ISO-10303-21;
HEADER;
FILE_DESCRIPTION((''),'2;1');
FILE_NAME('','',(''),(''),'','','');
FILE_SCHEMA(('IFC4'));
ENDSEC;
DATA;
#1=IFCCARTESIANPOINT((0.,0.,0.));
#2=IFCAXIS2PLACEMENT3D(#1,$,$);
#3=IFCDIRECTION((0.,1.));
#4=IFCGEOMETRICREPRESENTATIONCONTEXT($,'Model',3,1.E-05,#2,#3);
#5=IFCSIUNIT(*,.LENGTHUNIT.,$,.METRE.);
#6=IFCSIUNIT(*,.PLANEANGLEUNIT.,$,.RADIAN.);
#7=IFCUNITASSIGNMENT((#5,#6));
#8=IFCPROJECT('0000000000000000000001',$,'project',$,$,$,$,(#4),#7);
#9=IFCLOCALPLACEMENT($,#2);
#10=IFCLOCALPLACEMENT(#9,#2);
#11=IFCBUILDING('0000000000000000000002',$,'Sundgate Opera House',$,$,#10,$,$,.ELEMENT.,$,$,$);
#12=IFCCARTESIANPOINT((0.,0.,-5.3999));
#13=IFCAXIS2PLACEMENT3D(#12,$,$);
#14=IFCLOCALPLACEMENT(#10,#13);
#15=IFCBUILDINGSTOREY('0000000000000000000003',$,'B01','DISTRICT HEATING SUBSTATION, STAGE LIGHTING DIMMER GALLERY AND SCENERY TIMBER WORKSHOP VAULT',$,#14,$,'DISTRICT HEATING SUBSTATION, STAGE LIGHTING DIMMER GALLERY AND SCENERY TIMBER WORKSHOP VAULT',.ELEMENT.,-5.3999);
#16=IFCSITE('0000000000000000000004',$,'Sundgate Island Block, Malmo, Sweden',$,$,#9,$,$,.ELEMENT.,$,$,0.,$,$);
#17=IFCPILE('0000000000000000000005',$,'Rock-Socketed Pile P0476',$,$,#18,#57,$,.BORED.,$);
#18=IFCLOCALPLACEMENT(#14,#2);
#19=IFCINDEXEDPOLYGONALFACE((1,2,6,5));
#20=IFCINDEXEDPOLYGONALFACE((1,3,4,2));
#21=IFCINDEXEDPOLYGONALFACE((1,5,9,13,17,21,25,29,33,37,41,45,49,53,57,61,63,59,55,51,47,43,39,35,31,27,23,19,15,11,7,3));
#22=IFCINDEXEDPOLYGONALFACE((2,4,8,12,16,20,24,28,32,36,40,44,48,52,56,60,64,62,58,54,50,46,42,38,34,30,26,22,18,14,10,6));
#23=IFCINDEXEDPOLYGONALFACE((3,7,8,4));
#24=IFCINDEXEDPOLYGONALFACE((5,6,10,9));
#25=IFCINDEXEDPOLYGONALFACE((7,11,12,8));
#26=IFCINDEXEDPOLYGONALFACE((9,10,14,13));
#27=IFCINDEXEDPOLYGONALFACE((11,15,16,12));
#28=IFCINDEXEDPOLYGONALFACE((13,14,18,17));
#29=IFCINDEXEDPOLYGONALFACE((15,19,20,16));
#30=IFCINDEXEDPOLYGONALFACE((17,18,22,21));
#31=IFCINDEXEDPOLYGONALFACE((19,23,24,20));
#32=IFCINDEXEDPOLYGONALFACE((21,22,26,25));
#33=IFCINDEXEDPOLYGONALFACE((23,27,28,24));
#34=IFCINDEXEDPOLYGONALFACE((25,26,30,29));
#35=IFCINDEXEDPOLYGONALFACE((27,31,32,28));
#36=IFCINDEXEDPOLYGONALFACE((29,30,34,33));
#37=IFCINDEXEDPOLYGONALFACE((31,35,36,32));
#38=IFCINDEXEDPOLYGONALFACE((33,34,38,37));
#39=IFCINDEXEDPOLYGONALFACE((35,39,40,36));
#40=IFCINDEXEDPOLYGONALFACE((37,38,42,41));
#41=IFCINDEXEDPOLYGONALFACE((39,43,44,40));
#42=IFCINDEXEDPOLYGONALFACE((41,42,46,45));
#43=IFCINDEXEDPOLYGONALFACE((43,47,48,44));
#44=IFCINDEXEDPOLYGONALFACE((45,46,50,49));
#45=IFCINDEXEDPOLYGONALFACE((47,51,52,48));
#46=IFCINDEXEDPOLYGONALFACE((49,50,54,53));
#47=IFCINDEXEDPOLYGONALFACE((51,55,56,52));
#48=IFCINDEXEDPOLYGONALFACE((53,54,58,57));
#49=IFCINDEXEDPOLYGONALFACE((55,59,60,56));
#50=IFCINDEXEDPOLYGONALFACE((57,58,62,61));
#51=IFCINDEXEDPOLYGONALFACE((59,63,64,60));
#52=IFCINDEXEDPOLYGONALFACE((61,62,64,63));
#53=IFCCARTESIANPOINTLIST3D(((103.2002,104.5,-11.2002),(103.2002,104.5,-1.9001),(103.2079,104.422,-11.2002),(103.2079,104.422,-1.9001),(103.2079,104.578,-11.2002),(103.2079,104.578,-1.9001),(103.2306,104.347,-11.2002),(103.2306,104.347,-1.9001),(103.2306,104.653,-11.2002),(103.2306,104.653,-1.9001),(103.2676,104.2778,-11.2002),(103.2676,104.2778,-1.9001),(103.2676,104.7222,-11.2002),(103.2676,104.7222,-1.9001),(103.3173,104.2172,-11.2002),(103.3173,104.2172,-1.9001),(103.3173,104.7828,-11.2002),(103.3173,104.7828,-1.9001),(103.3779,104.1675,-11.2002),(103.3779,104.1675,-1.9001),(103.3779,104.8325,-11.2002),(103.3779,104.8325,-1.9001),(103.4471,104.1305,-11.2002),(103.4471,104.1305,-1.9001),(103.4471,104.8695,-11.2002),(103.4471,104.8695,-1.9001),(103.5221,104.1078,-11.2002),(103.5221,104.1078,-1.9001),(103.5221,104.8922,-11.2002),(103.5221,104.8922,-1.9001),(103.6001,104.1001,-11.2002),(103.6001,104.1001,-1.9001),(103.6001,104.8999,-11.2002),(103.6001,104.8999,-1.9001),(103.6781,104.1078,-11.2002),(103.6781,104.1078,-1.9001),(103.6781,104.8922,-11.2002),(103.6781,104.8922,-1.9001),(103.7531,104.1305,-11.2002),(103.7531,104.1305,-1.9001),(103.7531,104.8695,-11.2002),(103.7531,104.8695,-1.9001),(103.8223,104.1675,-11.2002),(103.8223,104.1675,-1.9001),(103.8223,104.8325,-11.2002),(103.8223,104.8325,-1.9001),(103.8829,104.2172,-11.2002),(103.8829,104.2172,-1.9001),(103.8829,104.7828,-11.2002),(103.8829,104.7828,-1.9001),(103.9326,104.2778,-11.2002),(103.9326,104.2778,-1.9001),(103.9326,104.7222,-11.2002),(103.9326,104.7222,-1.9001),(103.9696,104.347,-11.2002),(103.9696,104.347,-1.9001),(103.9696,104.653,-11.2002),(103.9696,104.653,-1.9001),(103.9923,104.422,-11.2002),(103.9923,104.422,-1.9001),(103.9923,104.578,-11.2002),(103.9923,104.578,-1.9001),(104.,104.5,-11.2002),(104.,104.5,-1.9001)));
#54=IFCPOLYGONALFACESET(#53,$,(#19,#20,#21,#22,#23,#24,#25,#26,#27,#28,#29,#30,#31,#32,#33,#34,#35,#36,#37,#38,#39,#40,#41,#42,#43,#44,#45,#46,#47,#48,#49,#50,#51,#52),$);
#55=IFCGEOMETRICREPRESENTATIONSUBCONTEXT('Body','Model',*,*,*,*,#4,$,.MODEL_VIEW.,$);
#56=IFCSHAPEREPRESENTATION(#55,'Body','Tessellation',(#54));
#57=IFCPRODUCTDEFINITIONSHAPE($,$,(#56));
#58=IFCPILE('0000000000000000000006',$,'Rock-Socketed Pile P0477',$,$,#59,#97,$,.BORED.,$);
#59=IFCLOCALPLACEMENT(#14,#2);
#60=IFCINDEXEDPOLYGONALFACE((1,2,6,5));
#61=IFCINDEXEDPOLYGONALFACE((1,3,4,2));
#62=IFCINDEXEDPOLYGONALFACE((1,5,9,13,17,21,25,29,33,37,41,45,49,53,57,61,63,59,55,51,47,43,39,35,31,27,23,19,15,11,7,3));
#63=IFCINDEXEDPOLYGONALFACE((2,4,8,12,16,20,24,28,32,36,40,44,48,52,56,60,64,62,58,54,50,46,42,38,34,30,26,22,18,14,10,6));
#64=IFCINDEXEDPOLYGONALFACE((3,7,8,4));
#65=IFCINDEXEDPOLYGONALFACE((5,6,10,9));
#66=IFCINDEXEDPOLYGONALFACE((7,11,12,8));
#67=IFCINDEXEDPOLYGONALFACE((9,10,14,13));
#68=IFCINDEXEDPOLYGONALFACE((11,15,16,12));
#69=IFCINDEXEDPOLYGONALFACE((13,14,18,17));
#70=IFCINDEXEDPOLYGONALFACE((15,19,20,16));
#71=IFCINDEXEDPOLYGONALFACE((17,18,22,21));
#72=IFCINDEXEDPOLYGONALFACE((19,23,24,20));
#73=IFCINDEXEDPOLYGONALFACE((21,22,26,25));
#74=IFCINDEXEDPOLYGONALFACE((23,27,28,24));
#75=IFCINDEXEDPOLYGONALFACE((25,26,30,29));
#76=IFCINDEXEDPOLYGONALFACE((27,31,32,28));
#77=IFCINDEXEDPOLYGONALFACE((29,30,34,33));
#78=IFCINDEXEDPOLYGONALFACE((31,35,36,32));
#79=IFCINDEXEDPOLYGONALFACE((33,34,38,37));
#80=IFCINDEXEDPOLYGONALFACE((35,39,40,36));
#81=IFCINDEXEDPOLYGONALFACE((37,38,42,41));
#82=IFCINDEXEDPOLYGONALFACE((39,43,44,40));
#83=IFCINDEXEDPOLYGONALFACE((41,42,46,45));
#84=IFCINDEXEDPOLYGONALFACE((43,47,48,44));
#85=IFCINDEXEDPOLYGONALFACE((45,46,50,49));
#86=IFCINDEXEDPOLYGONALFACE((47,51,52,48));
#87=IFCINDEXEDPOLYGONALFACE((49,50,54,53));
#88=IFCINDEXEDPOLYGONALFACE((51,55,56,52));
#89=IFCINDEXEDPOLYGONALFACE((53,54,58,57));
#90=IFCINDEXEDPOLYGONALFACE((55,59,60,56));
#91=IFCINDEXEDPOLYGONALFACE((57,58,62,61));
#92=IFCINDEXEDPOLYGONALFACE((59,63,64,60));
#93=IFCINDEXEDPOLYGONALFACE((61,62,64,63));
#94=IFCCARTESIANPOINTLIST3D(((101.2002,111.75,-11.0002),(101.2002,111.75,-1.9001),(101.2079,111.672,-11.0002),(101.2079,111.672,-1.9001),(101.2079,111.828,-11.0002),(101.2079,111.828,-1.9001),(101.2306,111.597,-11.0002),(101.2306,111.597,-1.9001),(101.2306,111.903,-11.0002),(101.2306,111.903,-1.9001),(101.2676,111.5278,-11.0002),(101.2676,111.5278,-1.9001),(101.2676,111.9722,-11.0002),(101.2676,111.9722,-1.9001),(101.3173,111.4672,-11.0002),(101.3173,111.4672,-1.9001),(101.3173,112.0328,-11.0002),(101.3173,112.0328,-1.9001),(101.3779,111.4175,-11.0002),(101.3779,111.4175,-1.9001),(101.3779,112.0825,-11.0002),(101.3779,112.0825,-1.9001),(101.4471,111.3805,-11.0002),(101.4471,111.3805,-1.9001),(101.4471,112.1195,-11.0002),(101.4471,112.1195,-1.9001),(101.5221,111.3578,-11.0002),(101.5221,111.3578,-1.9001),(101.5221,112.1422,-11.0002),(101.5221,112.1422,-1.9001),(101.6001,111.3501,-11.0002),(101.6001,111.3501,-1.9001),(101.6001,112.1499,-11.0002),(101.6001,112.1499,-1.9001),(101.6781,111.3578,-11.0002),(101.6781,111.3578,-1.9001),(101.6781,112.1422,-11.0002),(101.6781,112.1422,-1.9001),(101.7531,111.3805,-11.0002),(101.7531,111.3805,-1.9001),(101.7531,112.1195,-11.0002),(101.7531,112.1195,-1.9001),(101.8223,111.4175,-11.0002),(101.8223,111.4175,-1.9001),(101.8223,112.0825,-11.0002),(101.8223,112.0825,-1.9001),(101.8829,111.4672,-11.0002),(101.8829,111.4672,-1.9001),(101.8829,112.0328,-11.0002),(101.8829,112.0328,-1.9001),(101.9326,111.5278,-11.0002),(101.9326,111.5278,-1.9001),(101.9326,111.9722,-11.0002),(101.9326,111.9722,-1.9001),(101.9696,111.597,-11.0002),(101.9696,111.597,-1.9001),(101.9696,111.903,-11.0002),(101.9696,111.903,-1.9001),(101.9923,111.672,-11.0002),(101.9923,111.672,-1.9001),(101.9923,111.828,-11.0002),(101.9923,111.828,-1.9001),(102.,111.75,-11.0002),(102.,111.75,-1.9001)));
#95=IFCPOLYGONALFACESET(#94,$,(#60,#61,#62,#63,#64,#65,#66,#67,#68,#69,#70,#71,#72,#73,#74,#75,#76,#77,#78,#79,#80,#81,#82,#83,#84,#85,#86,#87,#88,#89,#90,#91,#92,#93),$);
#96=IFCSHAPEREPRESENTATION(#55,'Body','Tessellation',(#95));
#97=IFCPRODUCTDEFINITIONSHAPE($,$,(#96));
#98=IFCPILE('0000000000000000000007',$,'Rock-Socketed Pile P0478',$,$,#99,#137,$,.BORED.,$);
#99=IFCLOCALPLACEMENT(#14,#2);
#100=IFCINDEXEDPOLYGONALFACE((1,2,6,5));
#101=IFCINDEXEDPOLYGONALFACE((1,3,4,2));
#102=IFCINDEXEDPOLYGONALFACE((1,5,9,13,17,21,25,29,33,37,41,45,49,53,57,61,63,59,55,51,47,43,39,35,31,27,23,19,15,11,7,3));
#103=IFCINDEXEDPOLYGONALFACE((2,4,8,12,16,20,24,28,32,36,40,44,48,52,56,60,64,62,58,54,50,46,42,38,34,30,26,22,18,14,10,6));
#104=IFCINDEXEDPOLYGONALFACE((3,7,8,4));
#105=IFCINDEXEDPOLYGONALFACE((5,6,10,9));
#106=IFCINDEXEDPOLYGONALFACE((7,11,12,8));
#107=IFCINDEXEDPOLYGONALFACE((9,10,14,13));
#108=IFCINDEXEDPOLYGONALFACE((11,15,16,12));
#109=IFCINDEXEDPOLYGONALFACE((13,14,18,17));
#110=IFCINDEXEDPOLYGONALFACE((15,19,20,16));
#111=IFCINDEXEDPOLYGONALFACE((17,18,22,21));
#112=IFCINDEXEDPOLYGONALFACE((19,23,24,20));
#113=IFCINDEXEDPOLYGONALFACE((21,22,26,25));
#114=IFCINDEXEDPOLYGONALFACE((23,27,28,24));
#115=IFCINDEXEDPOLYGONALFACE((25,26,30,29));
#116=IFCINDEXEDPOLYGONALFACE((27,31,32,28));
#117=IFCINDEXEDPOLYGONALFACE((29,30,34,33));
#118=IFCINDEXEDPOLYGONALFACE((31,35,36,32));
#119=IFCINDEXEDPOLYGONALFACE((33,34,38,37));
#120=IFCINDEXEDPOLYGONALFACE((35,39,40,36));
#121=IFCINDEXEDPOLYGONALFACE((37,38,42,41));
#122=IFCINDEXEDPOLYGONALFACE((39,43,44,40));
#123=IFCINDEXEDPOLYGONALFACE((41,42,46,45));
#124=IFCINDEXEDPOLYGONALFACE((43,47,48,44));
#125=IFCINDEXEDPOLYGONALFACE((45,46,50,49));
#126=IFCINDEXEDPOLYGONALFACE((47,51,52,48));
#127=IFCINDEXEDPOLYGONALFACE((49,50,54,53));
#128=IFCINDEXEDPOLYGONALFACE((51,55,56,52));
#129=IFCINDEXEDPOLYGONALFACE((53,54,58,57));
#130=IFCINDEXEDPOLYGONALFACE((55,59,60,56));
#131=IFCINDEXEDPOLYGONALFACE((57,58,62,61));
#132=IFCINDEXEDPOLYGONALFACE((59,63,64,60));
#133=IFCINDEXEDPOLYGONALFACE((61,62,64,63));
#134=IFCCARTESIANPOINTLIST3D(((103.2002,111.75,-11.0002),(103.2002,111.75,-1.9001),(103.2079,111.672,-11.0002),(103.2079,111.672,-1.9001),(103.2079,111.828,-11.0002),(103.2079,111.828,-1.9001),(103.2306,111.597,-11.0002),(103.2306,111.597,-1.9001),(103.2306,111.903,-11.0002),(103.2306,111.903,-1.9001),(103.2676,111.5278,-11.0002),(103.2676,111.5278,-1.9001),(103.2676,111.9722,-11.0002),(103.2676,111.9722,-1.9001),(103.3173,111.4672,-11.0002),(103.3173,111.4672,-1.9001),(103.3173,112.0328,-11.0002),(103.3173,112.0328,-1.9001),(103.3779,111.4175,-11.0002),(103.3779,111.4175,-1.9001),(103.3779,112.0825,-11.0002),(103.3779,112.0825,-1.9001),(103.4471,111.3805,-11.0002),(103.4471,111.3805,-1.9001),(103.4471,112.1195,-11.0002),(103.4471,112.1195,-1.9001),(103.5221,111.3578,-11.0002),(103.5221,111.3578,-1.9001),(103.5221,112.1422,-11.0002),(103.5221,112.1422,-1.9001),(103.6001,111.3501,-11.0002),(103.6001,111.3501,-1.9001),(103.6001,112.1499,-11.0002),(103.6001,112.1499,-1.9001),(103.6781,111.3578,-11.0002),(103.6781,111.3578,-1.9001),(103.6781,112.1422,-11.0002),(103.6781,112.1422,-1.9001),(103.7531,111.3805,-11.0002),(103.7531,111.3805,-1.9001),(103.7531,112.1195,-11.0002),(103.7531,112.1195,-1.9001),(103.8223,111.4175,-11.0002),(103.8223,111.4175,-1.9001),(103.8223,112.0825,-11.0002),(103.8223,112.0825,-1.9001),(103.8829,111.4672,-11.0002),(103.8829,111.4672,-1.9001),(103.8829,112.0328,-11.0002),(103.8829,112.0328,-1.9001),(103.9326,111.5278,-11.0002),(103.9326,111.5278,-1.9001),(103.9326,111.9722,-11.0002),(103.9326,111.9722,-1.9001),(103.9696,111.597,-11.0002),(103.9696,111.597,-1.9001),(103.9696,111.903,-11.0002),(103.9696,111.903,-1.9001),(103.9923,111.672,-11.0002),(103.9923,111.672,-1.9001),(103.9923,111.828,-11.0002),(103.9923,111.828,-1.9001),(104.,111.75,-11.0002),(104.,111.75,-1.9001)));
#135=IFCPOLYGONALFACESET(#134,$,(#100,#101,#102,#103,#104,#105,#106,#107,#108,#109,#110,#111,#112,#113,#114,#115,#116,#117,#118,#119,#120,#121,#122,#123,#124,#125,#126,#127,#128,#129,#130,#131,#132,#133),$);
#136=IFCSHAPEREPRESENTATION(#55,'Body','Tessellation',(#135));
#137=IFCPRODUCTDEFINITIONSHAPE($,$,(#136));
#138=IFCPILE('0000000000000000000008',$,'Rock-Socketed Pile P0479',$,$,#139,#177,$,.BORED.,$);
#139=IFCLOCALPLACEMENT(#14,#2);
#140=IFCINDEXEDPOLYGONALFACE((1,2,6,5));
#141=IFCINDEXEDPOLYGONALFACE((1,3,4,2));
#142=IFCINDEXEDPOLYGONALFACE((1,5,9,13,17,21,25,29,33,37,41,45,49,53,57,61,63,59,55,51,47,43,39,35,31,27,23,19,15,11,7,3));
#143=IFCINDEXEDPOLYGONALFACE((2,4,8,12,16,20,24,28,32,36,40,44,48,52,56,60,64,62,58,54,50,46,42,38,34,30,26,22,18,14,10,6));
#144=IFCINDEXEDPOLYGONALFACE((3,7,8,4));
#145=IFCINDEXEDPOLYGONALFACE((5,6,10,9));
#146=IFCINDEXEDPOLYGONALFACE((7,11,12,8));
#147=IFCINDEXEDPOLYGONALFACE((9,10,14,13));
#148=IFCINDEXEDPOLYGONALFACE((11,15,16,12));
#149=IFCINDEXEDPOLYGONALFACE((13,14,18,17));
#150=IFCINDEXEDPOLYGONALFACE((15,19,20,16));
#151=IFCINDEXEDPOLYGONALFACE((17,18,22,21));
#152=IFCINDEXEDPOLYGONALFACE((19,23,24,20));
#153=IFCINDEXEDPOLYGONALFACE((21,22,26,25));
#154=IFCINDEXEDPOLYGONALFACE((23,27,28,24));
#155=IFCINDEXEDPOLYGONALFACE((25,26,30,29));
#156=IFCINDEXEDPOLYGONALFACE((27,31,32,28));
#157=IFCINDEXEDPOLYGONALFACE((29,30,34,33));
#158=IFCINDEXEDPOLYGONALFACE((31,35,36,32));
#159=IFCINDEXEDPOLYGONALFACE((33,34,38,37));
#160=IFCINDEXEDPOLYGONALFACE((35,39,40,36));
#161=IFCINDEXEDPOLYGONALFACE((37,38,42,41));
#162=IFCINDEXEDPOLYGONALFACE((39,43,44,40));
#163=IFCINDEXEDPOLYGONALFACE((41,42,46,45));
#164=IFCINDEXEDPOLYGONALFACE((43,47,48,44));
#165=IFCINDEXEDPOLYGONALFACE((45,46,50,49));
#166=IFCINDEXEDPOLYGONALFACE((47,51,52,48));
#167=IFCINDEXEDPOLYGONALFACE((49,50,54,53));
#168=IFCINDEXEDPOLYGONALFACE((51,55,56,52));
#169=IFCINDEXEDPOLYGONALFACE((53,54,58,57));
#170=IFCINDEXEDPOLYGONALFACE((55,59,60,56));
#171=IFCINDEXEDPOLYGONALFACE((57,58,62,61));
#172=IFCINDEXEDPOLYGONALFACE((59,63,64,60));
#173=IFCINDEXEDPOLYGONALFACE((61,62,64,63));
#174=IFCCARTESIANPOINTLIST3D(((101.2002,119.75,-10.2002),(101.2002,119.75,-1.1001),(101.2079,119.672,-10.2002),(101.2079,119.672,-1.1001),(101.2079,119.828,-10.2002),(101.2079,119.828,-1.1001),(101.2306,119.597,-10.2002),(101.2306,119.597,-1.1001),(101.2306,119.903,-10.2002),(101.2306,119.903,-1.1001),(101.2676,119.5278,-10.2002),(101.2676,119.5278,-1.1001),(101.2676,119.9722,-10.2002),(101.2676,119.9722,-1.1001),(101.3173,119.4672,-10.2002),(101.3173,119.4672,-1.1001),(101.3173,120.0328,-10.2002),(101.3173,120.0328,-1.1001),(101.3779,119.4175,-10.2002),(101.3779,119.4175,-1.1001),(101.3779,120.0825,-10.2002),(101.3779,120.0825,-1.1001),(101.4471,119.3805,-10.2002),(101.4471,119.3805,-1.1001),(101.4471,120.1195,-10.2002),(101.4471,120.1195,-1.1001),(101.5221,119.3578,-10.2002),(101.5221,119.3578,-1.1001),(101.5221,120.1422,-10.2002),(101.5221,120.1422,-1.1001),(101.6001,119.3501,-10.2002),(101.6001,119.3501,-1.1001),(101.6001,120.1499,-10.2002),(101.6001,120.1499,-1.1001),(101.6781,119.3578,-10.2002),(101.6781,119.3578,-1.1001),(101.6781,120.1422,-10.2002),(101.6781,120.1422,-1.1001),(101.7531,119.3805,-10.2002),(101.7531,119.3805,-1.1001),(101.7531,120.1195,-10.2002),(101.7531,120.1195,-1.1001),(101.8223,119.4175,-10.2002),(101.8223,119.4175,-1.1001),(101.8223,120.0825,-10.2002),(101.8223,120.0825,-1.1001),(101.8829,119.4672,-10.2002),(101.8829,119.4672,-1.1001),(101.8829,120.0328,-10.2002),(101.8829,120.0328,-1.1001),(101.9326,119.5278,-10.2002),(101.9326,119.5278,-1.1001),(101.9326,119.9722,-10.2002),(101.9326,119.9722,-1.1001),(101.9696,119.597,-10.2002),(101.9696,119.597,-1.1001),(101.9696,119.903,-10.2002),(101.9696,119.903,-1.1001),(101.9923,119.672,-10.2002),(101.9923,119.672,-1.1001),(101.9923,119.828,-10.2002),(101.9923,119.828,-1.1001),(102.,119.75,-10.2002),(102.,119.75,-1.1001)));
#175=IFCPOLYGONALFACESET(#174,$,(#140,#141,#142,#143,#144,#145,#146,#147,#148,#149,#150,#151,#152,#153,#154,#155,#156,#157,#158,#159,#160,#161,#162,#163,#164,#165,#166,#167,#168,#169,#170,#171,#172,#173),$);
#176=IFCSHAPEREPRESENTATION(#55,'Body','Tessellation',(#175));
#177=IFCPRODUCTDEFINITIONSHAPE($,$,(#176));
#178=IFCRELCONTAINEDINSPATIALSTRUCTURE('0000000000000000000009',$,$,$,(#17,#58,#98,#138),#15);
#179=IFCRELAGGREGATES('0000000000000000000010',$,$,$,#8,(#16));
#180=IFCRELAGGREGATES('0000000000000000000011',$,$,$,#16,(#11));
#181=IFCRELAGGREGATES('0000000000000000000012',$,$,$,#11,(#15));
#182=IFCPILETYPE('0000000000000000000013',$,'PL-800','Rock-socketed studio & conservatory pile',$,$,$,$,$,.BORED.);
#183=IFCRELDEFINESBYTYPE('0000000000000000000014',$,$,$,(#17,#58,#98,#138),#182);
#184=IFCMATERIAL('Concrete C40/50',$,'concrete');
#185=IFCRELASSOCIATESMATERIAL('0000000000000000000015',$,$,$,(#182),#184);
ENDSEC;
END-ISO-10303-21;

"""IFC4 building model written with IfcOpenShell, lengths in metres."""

from ifc_helpers import new_model, si_unit, direction, frame, origin, origin_2d, place, context, subcontext, project, spatial, circle, extrude, material, material_profile, profile_set, type_object, element, save


model = new_model("IFC4")

# Units and contexts
model_context = context("Model", 3, precision=1e-05, world=origin(), true_north=direction((0.0, 1.0)))
body_context = subcontext(model_context, "Body", "Model", "MODEL_VIEW")
ifc_project = project(units=[si_unit("LENGTHUNIT", "METRE"), si_unit("PLANEANGLEUNIT", "RADIAN")], contexts=[model_context])

# Site, building, storey
site_placement = place(None, origin())
site = spatial("IfcSite", under=ifc_project, at=site_placement, Name="Sundgate Island Block, Malmo, Sweden", CompositionType="ELEMENT", RefElevation=0.0)
building_placement = place(site_placement, origin())
building = spatial("IfcBuilding", under=site, at=building_placement, Name="Sundgate Opera House", CompositionType="ELEMENT")
storey_placement = place(building_placement, frame((0.0, 0.0, -5.3999)))
storey = spatial("IfcBuildingStorey", under=building, at=storey_placement, Name="B01", Description="DISTRICT HEATING SUBSTATION, STAGE LIGHTING DIMMER GALLERY AND SCENERY TIMBER WORKSHOP VAULT", LongName="DISTRICT HEATING SUBSTATION, STAGE LIGHTING DIMMER GALLERY AND SCENERY TIMBER WORKSHOP VAULT", CompositionType="ELEMENT", Elevation=-5.3999)

# Piles
ifc_material_1 = material(Name="Concrete C40/50", Category="concrete")
ifc_material_profile_1 = material_profile(ifc_material_1, circle(Radius=0.3999, at=origin_2d()), Name="PILE D800")
ifc_profile_set_1 = profile_set([ifc_material_profile_1], Name="Concrete C40/50")
pile_type = type_object("IfcPileType", Name="PL-800", Description="Rock-socketed studio & conservatory pile", PredefinedType="BORED", material=ifc_profile_set_1)
for number, where, z_axis, x_axis, name in (
    (1, (103.6001, 104.5, -1.9001), (0.0, 0.0, -1.0), (1.0, 0.0, 0.0), "Rock-Socketed Pile P0476"),
):
    element("IfcPile", number, at=place(storey_placement, frame(where, z_axis=z_axis, x_axis=x_axis)), inside=storey, type_object=pile_type, Name=name, PredefinedType="BORED", context=body_context, shape_type="SweptSolid", body=[
        extrude(circle(Radius=0.3999, at=origin_2d()), origin(), (0.0, 0.0, 1.0), 9.3),
    ])
for number, where, z_axis, x_axis, name in (
    (2, (101.6001, 111.75, -1.9001), (0.0, 0.0, -1.0), (1.0, 0.0, 0.0), "Rock-Socketed Pile P0477"),
    (3, (103.6001, 111.75, -1.9001), (0.0, 0.0, -1.0), (1.0, 0.0, 0.0), "Rock-Socketed Pile P0478"),
    (4, (101.6001, 119.75, -1.1001), (0.0, 0.0, -1.0), (1.0, 0.0, 0.0), "Rock-Socketed Pile P0479"),
):
    element("IfcPile", number, at=place(storey_placement, frame(where, z_axis=z_axis, x_axis=x_axis)), inside=storey, type_object=pile_type, Name=name, PredefinedType="BORED", context=body_context, shape_type="SweptSolid", body=[
        extrude(circle(Radius=0.3999, at=origin_2d()), origin(), (0.0, 0.0, 1.0), 9.1001),
    ])

save(model, "model.ifc")
